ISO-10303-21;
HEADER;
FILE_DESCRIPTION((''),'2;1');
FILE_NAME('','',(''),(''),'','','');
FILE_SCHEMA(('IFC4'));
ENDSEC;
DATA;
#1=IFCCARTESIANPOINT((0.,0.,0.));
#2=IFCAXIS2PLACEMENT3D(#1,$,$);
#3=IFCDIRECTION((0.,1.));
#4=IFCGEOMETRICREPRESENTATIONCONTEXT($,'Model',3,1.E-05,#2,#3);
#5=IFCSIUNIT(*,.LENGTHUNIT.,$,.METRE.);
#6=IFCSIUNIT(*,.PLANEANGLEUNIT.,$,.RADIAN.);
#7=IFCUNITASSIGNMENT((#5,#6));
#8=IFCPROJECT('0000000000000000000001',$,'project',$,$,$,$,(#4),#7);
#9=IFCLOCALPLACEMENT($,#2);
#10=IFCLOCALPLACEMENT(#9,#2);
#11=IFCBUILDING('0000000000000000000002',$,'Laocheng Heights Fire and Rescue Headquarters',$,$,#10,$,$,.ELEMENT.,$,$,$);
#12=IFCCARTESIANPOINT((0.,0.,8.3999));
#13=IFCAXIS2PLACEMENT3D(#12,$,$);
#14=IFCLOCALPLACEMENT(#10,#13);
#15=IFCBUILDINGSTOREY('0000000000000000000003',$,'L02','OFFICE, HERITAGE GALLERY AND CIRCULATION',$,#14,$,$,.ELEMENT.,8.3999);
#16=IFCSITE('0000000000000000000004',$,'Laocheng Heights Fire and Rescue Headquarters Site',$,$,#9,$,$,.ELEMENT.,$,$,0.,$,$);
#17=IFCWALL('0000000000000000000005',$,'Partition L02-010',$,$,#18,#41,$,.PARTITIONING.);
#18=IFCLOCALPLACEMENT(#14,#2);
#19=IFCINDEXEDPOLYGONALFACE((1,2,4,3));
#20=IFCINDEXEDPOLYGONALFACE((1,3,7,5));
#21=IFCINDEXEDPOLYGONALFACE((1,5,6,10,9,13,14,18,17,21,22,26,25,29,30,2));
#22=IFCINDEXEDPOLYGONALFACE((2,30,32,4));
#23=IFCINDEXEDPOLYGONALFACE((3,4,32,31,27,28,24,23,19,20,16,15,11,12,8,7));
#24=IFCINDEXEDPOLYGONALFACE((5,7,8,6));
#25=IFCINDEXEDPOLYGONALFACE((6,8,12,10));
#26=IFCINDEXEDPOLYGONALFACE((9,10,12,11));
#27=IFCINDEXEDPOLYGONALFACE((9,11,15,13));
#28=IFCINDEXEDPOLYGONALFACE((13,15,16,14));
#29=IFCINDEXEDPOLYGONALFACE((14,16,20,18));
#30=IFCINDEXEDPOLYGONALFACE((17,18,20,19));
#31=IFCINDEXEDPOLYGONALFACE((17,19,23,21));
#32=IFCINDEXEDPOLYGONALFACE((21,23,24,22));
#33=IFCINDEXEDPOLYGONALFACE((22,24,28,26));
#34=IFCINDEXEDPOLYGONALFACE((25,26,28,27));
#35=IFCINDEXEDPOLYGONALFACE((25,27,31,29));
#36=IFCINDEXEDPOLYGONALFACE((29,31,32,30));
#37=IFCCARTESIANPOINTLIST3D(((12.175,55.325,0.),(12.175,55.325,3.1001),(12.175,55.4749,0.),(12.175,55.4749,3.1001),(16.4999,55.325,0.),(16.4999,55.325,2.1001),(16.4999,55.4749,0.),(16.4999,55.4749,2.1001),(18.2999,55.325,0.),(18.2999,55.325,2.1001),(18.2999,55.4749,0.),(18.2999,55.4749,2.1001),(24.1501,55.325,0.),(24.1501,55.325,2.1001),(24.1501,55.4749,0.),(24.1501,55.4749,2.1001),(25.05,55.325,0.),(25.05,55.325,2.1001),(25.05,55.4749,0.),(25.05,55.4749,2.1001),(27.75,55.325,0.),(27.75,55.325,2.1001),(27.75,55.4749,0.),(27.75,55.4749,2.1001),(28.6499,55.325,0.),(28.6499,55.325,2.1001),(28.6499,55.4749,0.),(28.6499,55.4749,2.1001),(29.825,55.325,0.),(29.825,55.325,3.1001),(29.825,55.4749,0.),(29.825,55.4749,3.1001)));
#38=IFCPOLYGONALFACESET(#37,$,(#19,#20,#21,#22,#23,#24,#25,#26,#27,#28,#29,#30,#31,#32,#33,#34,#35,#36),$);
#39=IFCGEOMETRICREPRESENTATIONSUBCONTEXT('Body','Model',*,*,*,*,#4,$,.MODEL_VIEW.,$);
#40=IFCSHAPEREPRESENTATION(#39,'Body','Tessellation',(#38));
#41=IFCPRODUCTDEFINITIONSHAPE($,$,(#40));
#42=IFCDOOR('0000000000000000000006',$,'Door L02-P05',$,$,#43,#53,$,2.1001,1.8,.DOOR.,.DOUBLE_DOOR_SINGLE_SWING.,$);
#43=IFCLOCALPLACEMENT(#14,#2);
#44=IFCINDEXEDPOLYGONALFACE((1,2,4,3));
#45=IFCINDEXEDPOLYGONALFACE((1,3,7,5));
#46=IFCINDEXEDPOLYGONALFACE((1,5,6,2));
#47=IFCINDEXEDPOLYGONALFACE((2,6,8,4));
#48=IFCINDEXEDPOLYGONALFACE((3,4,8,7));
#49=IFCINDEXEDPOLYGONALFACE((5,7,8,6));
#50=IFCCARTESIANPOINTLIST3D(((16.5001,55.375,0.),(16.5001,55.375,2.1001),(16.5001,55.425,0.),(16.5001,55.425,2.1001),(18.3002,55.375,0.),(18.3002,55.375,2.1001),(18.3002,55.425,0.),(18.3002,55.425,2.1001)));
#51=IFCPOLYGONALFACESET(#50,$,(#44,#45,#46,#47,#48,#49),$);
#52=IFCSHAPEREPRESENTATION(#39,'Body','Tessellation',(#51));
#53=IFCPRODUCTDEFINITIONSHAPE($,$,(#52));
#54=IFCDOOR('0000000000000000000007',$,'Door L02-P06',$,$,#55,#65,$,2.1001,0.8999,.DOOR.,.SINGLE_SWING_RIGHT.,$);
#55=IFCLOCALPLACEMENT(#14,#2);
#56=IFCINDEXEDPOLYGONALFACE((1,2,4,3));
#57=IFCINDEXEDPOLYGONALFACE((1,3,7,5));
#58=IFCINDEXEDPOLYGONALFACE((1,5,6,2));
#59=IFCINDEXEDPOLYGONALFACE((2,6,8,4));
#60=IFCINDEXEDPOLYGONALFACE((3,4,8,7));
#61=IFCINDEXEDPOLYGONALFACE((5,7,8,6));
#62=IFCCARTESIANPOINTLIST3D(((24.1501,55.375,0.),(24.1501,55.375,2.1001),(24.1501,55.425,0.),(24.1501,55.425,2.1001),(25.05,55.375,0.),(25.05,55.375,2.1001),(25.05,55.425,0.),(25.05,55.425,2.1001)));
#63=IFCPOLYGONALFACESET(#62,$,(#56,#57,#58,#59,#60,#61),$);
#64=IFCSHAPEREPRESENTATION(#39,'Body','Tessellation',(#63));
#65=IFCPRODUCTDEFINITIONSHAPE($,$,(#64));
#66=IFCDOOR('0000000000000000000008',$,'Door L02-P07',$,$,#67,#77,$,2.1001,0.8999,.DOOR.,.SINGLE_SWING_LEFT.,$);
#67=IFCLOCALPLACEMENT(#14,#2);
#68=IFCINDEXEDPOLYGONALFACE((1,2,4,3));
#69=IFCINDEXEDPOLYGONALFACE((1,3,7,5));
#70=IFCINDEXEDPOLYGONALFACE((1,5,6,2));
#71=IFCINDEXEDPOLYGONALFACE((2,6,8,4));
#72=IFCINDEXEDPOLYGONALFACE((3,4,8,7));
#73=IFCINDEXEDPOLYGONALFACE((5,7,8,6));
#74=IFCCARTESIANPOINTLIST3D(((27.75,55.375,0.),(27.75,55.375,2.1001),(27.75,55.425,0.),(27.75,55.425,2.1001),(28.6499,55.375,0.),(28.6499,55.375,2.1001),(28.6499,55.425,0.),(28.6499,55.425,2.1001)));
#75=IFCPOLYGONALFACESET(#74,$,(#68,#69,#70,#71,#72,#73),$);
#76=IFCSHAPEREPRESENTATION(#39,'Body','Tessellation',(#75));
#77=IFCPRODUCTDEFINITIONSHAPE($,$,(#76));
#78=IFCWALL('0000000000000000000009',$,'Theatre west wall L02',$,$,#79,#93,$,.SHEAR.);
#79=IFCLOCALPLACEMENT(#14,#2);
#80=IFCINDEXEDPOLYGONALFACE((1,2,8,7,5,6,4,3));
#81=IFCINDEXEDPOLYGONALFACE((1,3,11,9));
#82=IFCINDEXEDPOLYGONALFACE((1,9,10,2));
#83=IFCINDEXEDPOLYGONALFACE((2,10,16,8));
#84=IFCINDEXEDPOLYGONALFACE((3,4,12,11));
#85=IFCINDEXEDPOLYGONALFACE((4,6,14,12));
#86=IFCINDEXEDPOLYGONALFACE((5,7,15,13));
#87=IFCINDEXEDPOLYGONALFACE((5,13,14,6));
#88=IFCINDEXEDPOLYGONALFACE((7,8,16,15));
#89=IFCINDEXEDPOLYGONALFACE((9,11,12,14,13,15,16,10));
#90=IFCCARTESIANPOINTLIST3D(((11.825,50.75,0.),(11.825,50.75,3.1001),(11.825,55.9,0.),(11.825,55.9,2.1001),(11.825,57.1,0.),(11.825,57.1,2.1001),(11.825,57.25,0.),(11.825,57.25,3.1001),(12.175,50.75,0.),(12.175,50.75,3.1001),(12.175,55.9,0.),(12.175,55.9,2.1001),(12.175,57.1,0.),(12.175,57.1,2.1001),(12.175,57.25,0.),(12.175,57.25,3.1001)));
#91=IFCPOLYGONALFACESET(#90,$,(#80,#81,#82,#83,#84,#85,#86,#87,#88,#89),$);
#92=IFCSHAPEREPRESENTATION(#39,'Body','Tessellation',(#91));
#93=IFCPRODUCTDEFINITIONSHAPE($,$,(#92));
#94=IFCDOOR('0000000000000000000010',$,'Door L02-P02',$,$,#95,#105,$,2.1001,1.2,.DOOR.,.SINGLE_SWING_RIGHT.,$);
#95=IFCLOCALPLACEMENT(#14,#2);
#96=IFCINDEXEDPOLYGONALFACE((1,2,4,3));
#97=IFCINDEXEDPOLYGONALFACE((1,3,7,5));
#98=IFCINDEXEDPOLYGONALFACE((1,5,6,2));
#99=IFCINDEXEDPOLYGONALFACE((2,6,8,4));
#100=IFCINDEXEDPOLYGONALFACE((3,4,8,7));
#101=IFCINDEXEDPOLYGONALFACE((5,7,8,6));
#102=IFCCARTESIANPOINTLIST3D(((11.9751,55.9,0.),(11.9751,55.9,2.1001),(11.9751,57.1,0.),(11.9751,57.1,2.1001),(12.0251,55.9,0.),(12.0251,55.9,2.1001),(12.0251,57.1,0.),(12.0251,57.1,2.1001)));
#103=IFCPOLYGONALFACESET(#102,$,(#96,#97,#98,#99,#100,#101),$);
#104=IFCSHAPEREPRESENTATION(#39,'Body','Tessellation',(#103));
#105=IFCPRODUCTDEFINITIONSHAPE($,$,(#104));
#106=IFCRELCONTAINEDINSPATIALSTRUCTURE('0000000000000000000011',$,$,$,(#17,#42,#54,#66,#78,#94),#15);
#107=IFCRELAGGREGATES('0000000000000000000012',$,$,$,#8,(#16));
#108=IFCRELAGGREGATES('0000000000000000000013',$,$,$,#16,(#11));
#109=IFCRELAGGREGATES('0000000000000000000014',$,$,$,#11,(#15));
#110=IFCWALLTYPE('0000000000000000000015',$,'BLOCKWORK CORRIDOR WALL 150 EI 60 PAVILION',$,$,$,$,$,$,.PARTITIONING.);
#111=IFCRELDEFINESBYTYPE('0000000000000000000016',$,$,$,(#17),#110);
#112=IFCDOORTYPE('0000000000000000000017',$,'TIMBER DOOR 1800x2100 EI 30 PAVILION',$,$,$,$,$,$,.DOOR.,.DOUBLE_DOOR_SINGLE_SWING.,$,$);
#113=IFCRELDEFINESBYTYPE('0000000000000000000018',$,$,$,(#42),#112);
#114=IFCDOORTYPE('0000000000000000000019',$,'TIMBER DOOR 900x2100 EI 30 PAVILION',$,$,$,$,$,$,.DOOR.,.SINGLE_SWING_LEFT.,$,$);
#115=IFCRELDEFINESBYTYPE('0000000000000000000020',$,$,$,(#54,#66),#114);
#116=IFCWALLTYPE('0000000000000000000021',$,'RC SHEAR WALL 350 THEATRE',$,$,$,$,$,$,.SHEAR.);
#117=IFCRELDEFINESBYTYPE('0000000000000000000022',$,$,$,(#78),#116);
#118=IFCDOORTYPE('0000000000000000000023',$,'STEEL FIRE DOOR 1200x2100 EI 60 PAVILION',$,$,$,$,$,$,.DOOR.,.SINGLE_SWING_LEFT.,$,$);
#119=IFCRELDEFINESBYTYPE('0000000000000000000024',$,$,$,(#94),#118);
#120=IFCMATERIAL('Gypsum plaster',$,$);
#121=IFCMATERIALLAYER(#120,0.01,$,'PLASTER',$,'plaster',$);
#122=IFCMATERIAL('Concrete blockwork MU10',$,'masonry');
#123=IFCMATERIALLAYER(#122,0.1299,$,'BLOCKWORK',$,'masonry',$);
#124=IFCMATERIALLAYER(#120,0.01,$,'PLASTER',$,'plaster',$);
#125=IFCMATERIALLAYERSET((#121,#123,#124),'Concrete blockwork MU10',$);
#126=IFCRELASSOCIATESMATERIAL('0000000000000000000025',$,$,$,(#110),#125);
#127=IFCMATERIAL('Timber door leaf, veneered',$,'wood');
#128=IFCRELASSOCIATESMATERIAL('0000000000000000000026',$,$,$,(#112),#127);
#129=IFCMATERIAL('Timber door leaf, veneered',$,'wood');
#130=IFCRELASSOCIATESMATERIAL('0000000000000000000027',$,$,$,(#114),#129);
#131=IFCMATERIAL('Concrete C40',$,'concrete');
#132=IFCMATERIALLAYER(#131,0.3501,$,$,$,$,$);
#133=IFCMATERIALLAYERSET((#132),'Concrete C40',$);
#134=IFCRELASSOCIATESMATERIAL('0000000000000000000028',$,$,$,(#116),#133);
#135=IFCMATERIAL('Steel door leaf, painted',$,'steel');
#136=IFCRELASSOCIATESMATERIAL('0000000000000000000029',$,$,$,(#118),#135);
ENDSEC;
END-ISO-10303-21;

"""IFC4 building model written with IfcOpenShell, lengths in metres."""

from ifc_helpers import new_model, si_unit, direction, frame, frame_2d, origin, place, context, subcontext, project, spatial, rectangle, extrude, material, layer, layer_set, type_object, element, fill, save


model = new_model("IFC4")

# Units and contexts
model_context = context("Model", 3, precision=1e-05, world=origin(), true_north=direction((0.0, 1.0)))
body_context = subcontext(model_context, "Body", "Model", "MODEL_VIEW")
ifc_project = project(units=[si_unit("LENGTHUNIT", "METRE"), si_unit("PLANEANGLEUNIT", "RADIAN")], contexts=[model_context])

# Site, building, storey
site_placement = place(None, origin())
site = spatial("IfcSite", under=ifc_project, at=site_placement, Name="Laocheng Heights Fire and Rescue Headquarters Site", CompositionType="ELEMENT", RefElevation=0.0)
building_placement = place(site_placement, origin())
building = spatial("IfcBuilding", under=site, at=building_placement, Name="Laocheng Heights Fire and Rescue Headquarters", CompositionType="ELEMENT")
storey_placement = place(building_placement, frame((0.0, 0.0, 8.3999)))
storey = spatial("IfcBuildingStorey", under=building, at=storey_placement, Name="L02", Description="OFFICE, HERITAGE GALLERY AND CIRCULATION", CompositionType="ELEMENT", Elevation=8.3999)

# Shared definitions
ifc_material_1 = material(Name="Gypsum plaster")
ifc_layer_1 = layer(ifc_material_1, 0.01, Name="PLASTER", Category="plaster")
ifc_material_2 = material(Name="Concrete blockwork MU10", Category="masonry")
ifc_layer_2 = layer(ifc_material_2, 0.1299, Name="BLOCKWORK", Category="masonry")
ifc_layer_3 = layer(ifc_material_1, 0.01, Name="PLASTER", Category="plaster")
ifc_layer_set_1 = layer_set([ifc_layer_1, ifc_layer_2, ifc_layer_3], Name="Concrete blockwork MU10")
wall_type_1 = type_object("IfcWallType", Name="BLOCKWORK CORRIDOR WALL 150 EI 60 PAVILION", PredefinedType="PARTITIONING", material=ifc_layer_set_1)

# Wall, openings, doors
wall_1_placement = place(storey_placement, frame((12.175, 55.3999, 0.0), z_axis=(0.0, 0.0, 1.0), x_axis=(1.0, 0.0, 0.0)))
wall_1 = element("IfcWall", 1, at=wall_1_placement, inside=storey, type_object=wall_type_1, Name="Partition L02-010", PredefinedType="PARTITIONING", context=body_context, shape_type="SweptSolid", body=[
    extrude(rectangle(XDim=17.6499, YDim=0.1499, at=frame_2d((8.825, 0.0))), origin(), (0.0, 0.0, 1.0), 3.1001),
])
opening_1_placement = place(wall_1_placement, frame((4.325, 0.0, 0.0)))
opening_1 = element("IfcOpeningElement", 2, at=opening_1_placement, cuts=wall_1, PredefinedType="OPENING", context=body_context, shape_type="SweptSolid", body=[
    extrude(rectangle(XDim=1.8, YDim=2.1001, at=frame_2d((0.8999, 1.05))), frame((0.0, 0.085, 0.0), z_axis=(0.0, -1.0, 0.0), x_axis=(1.0, 0.0, 0.0)), (0.0, 0.0, 1.0), 0.1699),
])
opening_2_placement = place(wall_1_placement, frame((11.9751, 0.0, 0.0)))
opening_2 = element("IfcOpeningElement", 3, at=opening_2_placement, cuts=wall_1, PredefinedType="OPENING", context=body_context, shape_type="SweptSolid", body=[
    extrude(rectangle(XDim=0.8999, YDim=2.1001, at=frame_2d((0.45, 1.05))), frame((0.0, 0.085, 0.0), z_axis=(0.0, -1.0, 0.0), x_axis=(1.0, 0.0, 0.0)), (0.0, 0.0, 1.0), 0.1699),
])
opening_3_placement = place(wall_1_placement, frame((15.575, 0.0, 0.0)))
opening_3 = element("IfcOpeningElement", 4, at=opening_3_placement, cuts=wall_1, PredefinedType="OPENING", context=body_context, shape_type="SweptSolid", body=[
    extrude(rectangle(XDim=0.8999, YDim=2.1001, at=frame_2d((0.45, 1.05))), frame((0.0, 0.085, 0.0), z_axis=(0.0, -1.0, 0.0), x_axis=(1.0, 0.0, 0.0)), (0.0, 0.0, 1.0), 0.1699),
])
ifc_material_3 = material(Name="Timber door leaf, veneered", Category="wood")
door_type_1 = type_object("IfcDoorType", Name="TIMBER DOOR 1800x2100 EI 30 PAVILION", OperationType="DOUBLE_DOOR_SINGLE_SWING", PredefinedType="DOOR", material=ifc_material_3)
door_1_placement = place(opening_1_placement, frame((1.8, 0.0, 0.0), z_axis=(0.0, 0.0, 1.0), x_axis=(-1.0, 0.0, 0.0)))
door_1 = element("IfcDoor", 5, at=door_1_placement, inside=storey, type_object=door_type_1, Name="Door L02-P05", OperationType="DOUBLE_DOOR_SINGLE_SWING", OverallHeight=2.1001, OverallWidth=1.8, PredefinedType="DOOR", context=body_context, shape_type="SweptSolid", body=[
    extrude(rectangle(XDim=1.8, YDim=2.1001, at=frame_2d((0.8999, 1.05))), frame((0.0, 0.0249, 0.0), z_axis=(0.0, -1.0, 0.0), x_axis=(1.0, 0.0, 0.0)), (0.0, 0.0, 1.0), 0.05),
])
fill(opening_1, door_1)
ifc_material_4 = material(Name="Timber door leaf, veneered", Category="wood")
door_type_2 = type_object("IfcDoorType", Name="TIMBER DOOR 900x2100 EI 30 PAVILION", OperationType="SINGLE_SWING_LEFT", PredefinedType="DOOR", material=ifc_material_4)
door_2_placement = place(opening_2_placement, frame((0.8999, 0.0, 0.0), z_axis=(0.0, 0.0, 1.0), x_axis=(-1.0, 0.0, 0.0)))
door_2 = element("IfcDoor", 6, at=door_2_placement, inside=storey, type_object=door_type_2, Name="Door L02-P06", OperationType="SINGLE_SWING_RIGHT", OverallHeight=2.1001, OverallWidth=0.8999, PredefinedType="DOOR", context=body_context, shape_type="SweptSolid", body=[
    extrude(rectangle(XDim=0.8999, YDim=2.1001, at=frame_2d((0.45, 1.05))), frame((0.0, 0.0249, 0.0), z_axis=(0.0, -1.0, 0.0), x_axis=(1.0, 0.0, 0.0)), (0.0, 0.0, 1.0), 0.05),
])
fill(opening_2, door_2)
door_3_placement = place(opening_3_placement, frame((0.8999, 0.0, 0.0), z_axis=(0.0, 0.0, 1.0), x_axis=(-1.0, 0.0, 0.0)))
door_3 = element("IfcDoor", 7, at=door_3_placement, inside=storey, type_object=door_type_2, Name="Door L02-P07", OperationType="SINGLE_SWING_LEFT", OverallHeight=2.1001, OverallWidth=0.8999, PredefinedType="DOOR", context=body_context, shape_type="SweptSolid", body=[
    extrude(rectangle(XDim=0.8999, YDim=2.1001, at=frame_2d((0.45, 1.05))), frame((0.0, 0.0249, 0.0), z_axis=(0.0, -1.0, 0.0), x_axis=(1.0, 0.0, 0.0)), (0.0, 0.0, 1.0), 0.05),
])
fill(opening_3, door_3)

# Wall, opening, door
ifc_material_5 = material(Name="Concrete C40", Category="concrete")
ifc_layer_4 = layer(ifc_material_5, 0.3501)
ifc_layer_set_2 = layer_set([ifc_layer_4], Name="Concrete C40")
wall_type_2 = type_object("IfcWallType", Name="RC SHEAR WALL 350 THEATRE", PredefinedType="SHEAR", material=ifc_layer_set_2)
wall_2_placement = place(storey_placement, frame((12.0, 50.75, 0.0), z_axis=(0.0, 0.0, 1.0), x_axis=(0.0, 1.0, 0.0)))
wall_2 = element("IfcWall", 8, at=wall_2_placement, inside=storey, type_object=wall_type_2, Name="Theatre west wall L02", PredefinedType="SHEAR", context=body_context, shape_type="SweptSolid", body=[
    extrude(rectangle(XDim=6.5, YDim=0.3501, at=frame_2d((3.25, 0.0))), origin(), (0.0, 0.0, 1.0), 3.1001),
])
opening_4_placement = place(wall_2_placement, frame((5.1499, 0.0, 0.0)))
opening_4 = element("IfcOpeningElement", 9, at=opening_4_placement, cuts=wall_2, PredefinedType="OPENING", context=body_context, shape_type="SweptSolid", body=[
    extrude(rectangle(XDim=1.2, YDim=2.1001, at=frame_2d((0.6001, 1.05))), frame((0.0, 0.1851, 0.0), z_axis=(0.0, -1.0, 0.0), x_axis=(1.0, 0.0, 0.0)), (0.0, 0.0, 1.0), 0.3701),
])
ifc_material_6 = material(Name="Steel door leaf, painted", Category="steel")
door_type_3 = type_object("IfcDoorType", Name="STEEL FIRE DOOR 1200x2100 EI 60 PAVILION", OperationType="SINGLE_SWING_LEFT", PredefinedType="DOOR", material=ifc_material_6)
door_4_placement = place(opening_4_placement, origin())
door_4 = element("IfcDoor", 10, at=door_4_placement, inside=storey, type_object=door_type_3, Name="Door L02-P02", OperationType="SINGLE_SWING_RIGHT", OverallHeight=2.1001, OverallWidth=1.2, PredefinedType="DOOR", context=body_context, shape_type="SweptSolid", body=[
    extrude(rectangle(XDim=1.2, YDim=2.1001, at=frame_2d((0.6001, 1.05))), frame((0.0, 0.0249, 0.0), z_axis=(0.0, -1.0, 0.0), x_axis=(1.0, 0.0, 0.0)), (0.0, 0.0, 1.0), 0.05),
])
fill(opening_4, door_4)

save(model, "model.ifc")
